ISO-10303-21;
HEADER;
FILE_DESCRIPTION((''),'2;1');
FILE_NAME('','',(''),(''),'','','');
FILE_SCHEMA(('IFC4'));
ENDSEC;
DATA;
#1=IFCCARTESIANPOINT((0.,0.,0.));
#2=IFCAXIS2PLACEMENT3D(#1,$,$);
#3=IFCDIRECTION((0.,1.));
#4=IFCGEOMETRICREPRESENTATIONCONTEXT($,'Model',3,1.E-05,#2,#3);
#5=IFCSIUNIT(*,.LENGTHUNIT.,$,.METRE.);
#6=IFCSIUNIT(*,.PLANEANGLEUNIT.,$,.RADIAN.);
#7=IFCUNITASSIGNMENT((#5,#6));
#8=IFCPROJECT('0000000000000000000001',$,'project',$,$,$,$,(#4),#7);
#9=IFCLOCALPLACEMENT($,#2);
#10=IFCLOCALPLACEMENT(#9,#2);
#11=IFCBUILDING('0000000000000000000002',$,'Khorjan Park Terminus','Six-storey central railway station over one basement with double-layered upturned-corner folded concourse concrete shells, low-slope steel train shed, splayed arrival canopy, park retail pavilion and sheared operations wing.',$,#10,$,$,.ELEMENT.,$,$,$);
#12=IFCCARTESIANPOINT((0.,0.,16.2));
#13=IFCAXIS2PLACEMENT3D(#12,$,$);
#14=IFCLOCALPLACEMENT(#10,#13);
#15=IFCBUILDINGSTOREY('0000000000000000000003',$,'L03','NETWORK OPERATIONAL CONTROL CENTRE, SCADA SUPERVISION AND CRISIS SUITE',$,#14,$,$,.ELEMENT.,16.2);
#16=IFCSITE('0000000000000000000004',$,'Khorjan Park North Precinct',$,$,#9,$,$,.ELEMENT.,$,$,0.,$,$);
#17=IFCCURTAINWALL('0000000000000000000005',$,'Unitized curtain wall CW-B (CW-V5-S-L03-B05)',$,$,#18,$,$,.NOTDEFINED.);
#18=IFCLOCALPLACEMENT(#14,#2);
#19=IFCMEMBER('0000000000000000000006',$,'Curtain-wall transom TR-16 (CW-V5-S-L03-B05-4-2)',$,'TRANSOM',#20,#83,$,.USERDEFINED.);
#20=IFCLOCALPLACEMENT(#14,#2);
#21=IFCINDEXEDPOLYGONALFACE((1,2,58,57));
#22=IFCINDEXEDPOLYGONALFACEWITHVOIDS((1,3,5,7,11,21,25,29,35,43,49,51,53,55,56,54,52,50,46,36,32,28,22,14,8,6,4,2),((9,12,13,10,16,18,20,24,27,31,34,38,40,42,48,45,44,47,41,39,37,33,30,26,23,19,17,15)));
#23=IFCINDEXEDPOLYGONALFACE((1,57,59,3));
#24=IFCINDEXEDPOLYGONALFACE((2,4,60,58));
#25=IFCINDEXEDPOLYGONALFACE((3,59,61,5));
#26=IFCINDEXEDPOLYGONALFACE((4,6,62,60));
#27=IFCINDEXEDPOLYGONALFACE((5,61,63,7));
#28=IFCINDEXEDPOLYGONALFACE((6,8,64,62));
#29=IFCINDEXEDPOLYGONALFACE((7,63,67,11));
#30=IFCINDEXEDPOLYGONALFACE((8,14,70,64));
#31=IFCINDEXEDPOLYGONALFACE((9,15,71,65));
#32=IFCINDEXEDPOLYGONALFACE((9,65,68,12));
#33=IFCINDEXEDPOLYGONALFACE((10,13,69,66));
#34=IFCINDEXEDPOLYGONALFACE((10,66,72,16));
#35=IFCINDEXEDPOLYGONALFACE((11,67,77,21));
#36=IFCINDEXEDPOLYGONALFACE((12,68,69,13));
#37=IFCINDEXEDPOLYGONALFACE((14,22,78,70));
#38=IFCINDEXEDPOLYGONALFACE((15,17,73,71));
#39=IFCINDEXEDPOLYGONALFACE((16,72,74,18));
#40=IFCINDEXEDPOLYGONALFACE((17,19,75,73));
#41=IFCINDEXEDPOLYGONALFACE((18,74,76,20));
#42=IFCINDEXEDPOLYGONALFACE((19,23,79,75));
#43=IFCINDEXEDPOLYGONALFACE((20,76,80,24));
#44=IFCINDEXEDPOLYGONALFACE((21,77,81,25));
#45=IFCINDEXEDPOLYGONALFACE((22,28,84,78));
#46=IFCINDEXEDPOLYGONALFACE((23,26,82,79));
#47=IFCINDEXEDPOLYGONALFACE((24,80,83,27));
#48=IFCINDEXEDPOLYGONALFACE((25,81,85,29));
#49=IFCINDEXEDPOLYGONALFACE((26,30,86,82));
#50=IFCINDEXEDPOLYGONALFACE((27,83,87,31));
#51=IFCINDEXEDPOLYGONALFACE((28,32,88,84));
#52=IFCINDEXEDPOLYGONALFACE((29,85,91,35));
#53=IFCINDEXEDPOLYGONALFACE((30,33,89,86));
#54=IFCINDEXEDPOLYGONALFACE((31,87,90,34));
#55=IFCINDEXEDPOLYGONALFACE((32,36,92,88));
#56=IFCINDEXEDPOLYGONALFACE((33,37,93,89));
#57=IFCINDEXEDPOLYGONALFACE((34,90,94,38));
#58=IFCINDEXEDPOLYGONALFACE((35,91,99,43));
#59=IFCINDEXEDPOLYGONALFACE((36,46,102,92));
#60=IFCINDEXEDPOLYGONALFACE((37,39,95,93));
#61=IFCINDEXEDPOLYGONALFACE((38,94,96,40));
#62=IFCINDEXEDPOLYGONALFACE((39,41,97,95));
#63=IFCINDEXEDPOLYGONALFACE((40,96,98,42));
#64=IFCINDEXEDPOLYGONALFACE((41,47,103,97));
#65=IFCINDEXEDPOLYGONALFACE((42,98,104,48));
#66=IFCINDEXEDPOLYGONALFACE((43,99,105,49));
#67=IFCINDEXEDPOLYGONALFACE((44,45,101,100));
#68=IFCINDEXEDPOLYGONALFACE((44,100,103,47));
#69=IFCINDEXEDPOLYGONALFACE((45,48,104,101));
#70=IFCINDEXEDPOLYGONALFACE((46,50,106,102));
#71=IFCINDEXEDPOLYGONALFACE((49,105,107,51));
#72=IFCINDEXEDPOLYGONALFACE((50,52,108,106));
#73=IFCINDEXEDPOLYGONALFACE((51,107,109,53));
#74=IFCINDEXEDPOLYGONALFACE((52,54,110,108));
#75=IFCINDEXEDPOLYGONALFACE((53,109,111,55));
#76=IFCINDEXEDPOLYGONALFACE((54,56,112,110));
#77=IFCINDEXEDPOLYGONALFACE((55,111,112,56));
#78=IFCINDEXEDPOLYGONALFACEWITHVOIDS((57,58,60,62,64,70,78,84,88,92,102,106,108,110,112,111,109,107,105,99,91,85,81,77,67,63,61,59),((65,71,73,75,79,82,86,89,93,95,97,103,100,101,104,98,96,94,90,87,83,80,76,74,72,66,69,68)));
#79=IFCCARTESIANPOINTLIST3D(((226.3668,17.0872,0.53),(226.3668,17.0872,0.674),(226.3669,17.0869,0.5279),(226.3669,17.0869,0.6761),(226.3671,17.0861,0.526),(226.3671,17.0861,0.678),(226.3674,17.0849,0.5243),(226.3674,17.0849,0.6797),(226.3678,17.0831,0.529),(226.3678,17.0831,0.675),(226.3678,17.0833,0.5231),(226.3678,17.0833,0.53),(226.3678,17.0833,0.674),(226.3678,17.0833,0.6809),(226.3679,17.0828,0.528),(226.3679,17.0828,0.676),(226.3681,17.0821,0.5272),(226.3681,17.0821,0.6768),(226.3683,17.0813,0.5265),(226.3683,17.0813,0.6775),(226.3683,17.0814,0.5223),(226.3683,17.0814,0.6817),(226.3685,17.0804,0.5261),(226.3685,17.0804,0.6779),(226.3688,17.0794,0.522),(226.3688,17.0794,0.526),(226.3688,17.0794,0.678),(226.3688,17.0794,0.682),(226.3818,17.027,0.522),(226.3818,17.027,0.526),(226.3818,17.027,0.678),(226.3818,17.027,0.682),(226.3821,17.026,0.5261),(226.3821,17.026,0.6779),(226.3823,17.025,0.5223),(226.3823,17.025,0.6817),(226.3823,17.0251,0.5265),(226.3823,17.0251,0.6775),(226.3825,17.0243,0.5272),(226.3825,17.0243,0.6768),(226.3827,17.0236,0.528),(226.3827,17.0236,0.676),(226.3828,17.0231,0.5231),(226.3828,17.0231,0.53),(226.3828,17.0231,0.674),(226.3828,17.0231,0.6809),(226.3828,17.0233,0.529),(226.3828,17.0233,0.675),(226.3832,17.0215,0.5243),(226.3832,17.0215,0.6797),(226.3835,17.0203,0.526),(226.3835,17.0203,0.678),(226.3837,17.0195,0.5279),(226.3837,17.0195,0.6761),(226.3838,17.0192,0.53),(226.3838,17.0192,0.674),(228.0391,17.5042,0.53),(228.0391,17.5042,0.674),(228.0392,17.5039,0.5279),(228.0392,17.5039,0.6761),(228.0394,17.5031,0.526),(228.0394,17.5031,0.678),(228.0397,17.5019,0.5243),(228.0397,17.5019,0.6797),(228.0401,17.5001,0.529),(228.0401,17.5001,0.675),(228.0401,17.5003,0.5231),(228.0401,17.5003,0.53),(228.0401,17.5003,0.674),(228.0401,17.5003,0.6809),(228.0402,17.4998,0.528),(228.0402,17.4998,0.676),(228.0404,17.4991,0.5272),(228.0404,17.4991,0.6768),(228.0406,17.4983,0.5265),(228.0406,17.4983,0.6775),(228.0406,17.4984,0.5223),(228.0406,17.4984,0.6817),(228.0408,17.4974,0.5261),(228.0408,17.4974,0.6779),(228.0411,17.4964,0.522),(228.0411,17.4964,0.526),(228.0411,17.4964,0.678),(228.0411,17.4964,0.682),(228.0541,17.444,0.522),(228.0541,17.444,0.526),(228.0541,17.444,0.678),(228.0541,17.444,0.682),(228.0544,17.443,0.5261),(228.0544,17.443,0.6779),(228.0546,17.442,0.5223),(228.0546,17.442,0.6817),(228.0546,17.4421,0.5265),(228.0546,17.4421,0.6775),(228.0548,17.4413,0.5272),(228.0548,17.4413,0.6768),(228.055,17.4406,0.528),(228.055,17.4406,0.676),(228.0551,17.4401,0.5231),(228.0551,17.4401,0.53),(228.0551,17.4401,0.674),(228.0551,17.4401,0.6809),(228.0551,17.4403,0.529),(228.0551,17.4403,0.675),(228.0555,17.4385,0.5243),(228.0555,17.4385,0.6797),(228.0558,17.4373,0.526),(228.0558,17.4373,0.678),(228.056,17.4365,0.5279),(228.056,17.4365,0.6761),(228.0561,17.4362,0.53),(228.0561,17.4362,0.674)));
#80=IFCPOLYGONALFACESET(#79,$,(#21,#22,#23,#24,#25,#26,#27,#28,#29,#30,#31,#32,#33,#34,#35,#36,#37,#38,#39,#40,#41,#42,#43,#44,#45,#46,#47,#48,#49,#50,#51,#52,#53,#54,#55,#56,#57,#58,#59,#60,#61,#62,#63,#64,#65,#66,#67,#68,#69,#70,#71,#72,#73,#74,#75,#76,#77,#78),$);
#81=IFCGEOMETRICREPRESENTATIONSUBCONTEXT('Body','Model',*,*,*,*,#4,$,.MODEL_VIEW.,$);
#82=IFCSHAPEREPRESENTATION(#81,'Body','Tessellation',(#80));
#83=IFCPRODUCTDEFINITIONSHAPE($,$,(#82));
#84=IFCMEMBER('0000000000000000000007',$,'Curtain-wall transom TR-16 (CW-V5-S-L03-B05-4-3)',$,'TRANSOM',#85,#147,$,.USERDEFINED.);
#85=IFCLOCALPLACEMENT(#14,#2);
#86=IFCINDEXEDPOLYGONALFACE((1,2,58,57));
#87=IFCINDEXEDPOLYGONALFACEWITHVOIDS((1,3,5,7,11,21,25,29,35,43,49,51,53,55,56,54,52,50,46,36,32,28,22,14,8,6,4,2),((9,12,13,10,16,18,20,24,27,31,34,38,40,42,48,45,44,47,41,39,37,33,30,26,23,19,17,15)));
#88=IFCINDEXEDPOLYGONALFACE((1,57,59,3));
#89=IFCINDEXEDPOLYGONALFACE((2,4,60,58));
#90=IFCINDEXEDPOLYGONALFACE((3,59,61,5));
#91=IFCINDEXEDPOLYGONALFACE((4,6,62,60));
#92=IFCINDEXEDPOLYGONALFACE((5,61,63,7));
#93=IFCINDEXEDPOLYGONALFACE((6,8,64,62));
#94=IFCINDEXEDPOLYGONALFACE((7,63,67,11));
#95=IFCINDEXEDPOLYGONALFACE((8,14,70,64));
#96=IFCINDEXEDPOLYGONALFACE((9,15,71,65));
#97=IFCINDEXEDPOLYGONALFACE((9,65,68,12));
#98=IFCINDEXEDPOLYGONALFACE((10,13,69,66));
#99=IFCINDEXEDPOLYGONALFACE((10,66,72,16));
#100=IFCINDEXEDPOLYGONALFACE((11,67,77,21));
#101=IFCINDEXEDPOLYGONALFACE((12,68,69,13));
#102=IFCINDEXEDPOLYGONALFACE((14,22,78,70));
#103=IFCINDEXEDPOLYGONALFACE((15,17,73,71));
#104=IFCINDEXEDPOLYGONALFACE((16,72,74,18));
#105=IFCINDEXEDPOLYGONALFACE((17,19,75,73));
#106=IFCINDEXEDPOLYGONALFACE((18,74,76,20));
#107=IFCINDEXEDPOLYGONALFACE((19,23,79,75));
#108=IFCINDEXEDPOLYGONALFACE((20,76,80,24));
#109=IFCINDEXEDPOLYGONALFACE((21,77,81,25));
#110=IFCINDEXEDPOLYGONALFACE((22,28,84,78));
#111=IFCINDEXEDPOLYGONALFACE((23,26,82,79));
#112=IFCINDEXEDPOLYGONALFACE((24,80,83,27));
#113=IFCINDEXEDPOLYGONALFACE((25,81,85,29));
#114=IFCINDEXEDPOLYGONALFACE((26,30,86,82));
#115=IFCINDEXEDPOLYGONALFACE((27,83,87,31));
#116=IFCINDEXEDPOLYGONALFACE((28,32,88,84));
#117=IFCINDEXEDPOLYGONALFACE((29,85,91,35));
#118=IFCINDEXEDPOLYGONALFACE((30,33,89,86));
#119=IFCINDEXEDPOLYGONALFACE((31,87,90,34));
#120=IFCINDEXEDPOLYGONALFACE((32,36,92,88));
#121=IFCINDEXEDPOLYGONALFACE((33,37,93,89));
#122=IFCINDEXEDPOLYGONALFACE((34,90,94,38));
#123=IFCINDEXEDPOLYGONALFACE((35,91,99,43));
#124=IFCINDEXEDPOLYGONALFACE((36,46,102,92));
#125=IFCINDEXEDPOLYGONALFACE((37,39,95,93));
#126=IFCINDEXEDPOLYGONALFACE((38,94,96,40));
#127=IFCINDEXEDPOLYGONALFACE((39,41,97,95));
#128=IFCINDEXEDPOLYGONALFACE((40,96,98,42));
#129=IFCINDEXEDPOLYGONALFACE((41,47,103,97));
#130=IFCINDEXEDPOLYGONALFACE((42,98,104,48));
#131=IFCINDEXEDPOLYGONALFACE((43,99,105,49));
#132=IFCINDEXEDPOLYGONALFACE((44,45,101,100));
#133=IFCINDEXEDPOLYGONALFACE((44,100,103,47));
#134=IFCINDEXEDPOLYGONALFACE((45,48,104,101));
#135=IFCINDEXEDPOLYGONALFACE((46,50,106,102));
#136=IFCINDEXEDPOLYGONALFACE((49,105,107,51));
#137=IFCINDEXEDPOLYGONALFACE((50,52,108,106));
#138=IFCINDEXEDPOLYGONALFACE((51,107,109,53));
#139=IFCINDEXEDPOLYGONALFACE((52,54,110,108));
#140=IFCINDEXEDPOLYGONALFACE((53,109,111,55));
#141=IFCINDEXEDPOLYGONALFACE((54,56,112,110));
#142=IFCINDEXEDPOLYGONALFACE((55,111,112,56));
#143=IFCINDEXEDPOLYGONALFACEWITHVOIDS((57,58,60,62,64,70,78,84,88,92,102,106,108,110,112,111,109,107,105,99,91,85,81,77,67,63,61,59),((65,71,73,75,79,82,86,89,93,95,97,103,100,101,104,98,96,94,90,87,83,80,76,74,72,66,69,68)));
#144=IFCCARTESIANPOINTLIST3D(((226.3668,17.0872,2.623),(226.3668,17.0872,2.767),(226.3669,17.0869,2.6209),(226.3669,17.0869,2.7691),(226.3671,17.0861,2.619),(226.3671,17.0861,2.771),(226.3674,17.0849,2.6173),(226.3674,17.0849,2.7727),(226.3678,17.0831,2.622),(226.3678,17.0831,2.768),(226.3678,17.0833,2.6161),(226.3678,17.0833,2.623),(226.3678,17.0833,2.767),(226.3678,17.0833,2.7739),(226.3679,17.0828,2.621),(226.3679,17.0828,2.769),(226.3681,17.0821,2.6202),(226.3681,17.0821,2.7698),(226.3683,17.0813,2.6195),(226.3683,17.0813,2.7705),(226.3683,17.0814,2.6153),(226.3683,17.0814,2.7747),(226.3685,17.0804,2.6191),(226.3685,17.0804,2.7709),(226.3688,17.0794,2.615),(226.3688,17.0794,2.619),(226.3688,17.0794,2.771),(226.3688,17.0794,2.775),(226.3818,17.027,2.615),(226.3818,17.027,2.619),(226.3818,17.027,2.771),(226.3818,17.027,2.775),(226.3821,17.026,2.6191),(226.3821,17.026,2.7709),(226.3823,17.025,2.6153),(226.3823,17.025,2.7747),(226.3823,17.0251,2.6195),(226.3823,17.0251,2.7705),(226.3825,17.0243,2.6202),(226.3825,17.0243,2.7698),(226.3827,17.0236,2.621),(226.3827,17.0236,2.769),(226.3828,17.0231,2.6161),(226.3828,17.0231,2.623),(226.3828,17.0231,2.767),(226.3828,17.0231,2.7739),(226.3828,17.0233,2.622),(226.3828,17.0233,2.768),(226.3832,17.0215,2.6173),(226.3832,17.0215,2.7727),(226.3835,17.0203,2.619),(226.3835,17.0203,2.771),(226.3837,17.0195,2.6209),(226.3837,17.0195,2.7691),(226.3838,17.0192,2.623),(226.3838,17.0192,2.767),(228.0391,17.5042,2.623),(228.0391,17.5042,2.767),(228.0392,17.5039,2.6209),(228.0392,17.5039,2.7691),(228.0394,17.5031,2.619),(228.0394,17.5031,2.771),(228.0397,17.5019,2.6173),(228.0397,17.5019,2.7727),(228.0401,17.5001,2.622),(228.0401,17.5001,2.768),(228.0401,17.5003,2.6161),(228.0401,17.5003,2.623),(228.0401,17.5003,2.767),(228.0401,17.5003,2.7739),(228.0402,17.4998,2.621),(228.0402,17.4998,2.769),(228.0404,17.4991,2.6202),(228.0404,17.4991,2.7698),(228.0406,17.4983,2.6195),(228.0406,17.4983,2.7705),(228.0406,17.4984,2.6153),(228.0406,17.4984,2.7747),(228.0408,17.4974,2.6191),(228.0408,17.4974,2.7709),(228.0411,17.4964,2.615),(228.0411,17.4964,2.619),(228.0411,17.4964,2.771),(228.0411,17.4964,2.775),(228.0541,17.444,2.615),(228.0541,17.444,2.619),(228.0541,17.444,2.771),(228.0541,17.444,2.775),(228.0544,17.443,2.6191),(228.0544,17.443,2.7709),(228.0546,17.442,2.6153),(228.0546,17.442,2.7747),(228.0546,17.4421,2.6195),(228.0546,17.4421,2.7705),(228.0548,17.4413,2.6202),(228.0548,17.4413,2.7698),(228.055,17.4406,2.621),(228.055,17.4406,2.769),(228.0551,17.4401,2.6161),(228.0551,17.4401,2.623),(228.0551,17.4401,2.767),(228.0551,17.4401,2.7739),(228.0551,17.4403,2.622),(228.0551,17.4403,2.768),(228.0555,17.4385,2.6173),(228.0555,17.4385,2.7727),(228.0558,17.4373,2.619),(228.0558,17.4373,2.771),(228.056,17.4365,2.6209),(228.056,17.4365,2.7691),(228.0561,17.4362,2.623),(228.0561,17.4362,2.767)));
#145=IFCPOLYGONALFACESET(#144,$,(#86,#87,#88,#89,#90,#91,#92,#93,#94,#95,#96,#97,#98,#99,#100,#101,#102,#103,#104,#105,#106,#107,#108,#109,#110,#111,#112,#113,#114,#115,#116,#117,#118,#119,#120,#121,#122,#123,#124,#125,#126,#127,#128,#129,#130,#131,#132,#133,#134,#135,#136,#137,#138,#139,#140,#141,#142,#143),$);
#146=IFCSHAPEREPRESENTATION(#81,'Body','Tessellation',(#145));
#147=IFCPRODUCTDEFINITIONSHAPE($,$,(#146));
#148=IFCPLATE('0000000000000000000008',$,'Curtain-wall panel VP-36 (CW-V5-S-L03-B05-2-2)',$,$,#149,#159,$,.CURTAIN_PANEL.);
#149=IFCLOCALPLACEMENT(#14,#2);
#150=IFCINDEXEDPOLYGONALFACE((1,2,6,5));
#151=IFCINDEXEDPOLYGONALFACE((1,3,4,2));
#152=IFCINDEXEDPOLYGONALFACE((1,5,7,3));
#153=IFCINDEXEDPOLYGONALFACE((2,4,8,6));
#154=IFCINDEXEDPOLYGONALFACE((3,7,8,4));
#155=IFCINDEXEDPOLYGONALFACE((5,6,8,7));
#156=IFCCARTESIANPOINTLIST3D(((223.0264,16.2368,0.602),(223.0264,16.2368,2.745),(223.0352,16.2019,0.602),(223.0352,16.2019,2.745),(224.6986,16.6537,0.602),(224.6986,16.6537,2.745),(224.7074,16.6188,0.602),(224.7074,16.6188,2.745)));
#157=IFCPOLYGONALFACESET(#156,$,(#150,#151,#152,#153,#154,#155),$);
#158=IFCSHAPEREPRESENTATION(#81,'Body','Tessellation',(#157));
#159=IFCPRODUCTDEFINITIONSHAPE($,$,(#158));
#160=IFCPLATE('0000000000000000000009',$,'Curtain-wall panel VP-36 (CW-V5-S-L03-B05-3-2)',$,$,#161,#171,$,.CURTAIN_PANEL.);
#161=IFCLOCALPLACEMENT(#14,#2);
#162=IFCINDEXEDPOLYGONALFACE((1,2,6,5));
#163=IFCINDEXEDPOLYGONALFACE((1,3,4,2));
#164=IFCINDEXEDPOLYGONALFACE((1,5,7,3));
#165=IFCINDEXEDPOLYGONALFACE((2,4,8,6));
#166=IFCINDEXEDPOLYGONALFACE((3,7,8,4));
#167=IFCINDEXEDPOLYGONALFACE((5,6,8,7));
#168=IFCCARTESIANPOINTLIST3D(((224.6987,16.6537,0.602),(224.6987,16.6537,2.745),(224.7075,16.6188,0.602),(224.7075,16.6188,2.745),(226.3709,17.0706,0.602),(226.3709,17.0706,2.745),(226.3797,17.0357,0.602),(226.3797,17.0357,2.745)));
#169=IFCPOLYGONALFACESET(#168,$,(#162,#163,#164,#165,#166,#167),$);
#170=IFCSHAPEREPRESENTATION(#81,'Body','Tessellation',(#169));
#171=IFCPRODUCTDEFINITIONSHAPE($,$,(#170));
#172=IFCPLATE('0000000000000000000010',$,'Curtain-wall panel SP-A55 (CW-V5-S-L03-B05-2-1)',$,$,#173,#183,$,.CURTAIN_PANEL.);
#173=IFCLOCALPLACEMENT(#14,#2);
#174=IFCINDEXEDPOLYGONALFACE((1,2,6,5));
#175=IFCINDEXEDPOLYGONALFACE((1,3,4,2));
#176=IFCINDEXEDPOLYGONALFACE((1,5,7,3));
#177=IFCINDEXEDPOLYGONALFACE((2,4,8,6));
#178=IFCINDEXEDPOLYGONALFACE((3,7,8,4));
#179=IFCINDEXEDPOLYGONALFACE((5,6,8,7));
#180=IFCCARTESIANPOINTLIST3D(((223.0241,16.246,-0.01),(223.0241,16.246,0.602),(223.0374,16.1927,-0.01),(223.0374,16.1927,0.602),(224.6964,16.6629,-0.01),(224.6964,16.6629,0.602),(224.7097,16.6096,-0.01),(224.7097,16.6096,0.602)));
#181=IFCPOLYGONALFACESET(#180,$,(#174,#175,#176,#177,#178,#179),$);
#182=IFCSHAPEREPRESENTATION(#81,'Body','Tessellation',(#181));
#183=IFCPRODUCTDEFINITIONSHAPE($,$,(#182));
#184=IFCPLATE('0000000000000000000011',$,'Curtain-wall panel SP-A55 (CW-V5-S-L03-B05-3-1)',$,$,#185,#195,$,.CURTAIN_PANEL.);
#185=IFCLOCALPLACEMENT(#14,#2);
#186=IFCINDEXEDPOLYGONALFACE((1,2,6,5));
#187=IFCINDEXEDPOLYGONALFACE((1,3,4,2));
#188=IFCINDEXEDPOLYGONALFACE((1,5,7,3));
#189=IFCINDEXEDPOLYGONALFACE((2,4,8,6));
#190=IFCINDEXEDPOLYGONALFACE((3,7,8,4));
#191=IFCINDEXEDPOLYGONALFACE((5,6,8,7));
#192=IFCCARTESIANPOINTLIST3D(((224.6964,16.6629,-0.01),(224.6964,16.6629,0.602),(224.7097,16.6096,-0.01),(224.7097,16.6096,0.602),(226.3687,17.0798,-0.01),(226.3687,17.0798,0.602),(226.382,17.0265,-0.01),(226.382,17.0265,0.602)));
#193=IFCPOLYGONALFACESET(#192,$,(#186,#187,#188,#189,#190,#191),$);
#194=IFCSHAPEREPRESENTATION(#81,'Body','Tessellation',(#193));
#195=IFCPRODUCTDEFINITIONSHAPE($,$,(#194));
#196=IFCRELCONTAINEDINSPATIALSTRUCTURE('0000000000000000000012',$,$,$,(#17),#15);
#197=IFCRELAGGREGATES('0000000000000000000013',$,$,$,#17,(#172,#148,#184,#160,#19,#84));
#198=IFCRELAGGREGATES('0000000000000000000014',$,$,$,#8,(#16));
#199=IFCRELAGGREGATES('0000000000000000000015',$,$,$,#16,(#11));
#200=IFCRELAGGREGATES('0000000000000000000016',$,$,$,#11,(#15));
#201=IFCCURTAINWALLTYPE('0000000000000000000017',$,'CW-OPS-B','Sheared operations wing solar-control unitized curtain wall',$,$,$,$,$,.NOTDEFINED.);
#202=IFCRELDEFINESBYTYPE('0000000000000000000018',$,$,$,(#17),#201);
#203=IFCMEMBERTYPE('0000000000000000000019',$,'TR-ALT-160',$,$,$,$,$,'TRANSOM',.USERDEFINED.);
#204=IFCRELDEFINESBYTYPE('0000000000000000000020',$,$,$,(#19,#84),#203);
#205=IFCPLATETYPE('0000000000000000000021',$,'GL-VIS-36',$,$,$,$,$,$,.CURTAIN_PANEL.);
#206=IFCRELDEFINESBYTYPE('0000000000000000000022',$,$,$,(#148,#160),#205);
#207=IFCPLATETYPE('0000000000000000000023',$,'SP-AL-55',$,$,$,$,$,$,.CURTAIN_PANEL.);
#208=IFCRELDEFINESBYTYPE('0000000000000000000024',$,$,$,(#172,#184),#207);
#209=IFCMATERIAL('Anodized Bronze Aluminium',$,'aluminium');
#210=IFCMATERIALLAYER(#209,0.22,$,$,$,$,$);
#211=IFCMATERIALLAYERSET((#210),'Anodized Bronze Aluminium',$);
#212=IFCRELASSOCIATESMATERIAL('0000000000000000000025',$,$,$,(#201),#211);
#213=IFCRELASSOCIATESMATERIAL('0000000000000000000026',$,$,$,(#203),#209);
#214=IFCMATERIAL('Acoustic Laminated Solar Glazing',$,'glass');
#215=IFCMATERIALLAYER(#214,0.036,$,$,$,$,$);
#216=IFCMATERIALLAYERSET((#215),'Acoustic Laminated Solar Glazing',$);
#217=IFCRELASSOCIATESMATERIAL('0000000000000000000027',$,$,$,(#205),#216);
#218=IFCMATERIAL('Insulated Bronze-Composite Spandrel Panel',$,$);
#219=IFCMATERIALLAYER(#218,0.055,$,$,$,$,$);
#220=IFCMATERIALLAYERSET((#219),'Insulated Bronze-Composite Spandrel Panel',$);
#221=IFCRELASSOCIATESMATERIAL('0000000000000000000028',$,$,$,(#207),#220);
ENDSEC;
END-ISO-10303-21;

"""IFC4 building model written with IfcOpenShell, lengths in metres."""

from ifc_helpers import new_model, si_unit, direction, frame, origin, origin_2d, place, context, subcontext, project, spatial, rectangle, hollow_rectangle, extrude, material, layer, layer_set, material_profile, profile_set, type_object, element, aggregate, save


model = new_model("IFC4")

# Units and contexts
model_context = context("Model", 3, precision=1e-05, world=origin(), true_north=direction((0.0, 1.0)))
body_context = subcontext(model_context, "Body", "Model", "MODEL_VIEW")
ifc_project = project(units=[si_unit("LENGTHUNIT", "METRE"), si_unit("PLANEANGLEUNIT", "RADIAN")], contexts=[model_context])

# Site, building, storey
site_placement = place(None, origin())
site = spatial("IfcSite", under=ifc_project, at=site_placement, Name="Khorjan Park North Precinct", CompositionType="ELEMENT", RefElevation=0.0)
building_placement = place(site_placement, origin())
building = spatial("IfcBuilding", under=site, at=building_placement, Name="Khorjan Park Terminus", Description="Six-storey central railway station over one basement with double-layered upturned-corner folded concourse concrete shells, low-slope steel train shed, splayed arrival canopy, park retail pavilion and sheared operations wing.", CompositionType="ELEMENT")
storey_placement = place(building_placement, frame((0.0, 0.0, 16.2)))
storey = spatial("IfcBuildingStorey", under=building, at=storey_placement, Name="L03", Description="NETWORK OPERATIONAL CONTROL CENTRE, SCADA SUPERVISION AND CRISIS SUITE", CompositionType="ELEMENT", Elevation=16.2)

# Curtain wall, members, plates
ifc_material_1 = material(Name="Anodized Bronze Aluminium", Category="aluminium")
ifc_layer_1 = layer(ifc_material_1, 0.22)
ifc_layer_set_1 = layer_set([ifc_layer_1], Name="Anodized Bronze Aluminium")
curtain_wall_type = type_object("IfcCurtainWallType", Name="CW-OPS-B", Description="Sheared operations wing solar-control unitized curtain wall", PredefinedType="NOTDEFINED", material=ifc_layer_set_1)
curtain_wall_placement = place(storey_placement, origin())
curtain_wall = element("IfcCurtainWall", 1, at=curtain_wall_placement, inside=storey, type_object=curtain_wall_type, Name="Unitized curtain wall CW-B (CW-V5-S-L03-B05)", PredefinedType="NOTDEFINED")
ifc_material_profile_1 = material_profile(ifc_material_1, hollow_rectangle(XDim=0.07, YDim=0.16, WallThickness=0.004, InnerFilletRadius=0.004, OuterFilletRadius=0.008, at=origin_2d()), Name="ALT 70x160x4")
ifc_profile_set_1 = profile_set([ifc_material_profile_1], Name="Anodized Bronze Aluminium")
member_type_1 = type_object("IfcMemberType", Name="TR-ALT-160", ElementType="TRANSOM", PredefinedType="USERDEFINED", material=ifc_profile_set_1)
member_1_placement = place(storey_placement, frame((226.3753, 17.0532, 0.602), z_axis=(0.970289, 0.241949, 0.0), x_axis=(-0.241949, 0.970289, 0.0)))
member_1 = element("IfcMember", 2, at=member_1_placement, type_object=member_type_1, Name="Curtain-wall transom TR-16 (CW-V5-S-L03-B05-4-2)", ObjectType="TRANSOM", PredefinedType="USERDEFINED", context=body_context, shape_type="SweptSolid", body=[
    extrude(hollow_rectangle(XDim=0.07, YDim=0.16, WallThickness=0.004, InnerFilletRadius=0.004, OuterFilletRadius=0.008, at=origin_2d()), origin(), (0.0, 0.0, 1.0), 1.7235),
])
member_2_placement = place(storey_placement, frame((226.3753, 17.0532, 2.695), z_axis=(0.970289, 0.241949, 0.0), x_axis=(-0.241949, 0.970289, 0.0)))
member_2 = element("IfcMember", 3, at=member_2_placement, type_object=member_type_1, Name="Curtain-wall transom TR-16 (CW-V5-S-L03-B05-4-3)", ObjectType="TRANSOM", PredefinedType="USERDEFINED", context=body_context, shape_type="SweptSolid", body=[
    extrude(hollow_rectangle(XDim=0.07, YDim=0.16, WallThickness=0.004, InnerFilletRadius=0.004, OuterFilletRadius=0.008, at=origin_2d()), origin(), (0.0, 0.0, 1.0), 1.7235),
])
ifc_material_2 = material(Name="Acoustic Laminated Solar Glazing", Category="glass")
ifc_layer_2 = layer(ifc_material_2, 0.036)
ifc_layer_set_2 = layer_set([ifc_layer_2], Name="Acoustic Laminated Solar Glazing")
plate_type_1 = type_object("IfcPlateType", Name="GL-VIS-36", PredefinedType="CURTAIN_PANEL", material=ifc_layer_set_2)
plate_1_placement = place(storey_placement, frame((223.8669, 16.4278, 0.602), z_axis=(0.0, 0.0, 1.0), x_axis=(0.970296, 0.241919, 0.0)))
plate_1 = element("IfcPlate", 4, at=plate_1_placement, type_object=plate_type_1, Name="Curtain-wall panel VP-36 (CW-V5-S-L03-B05-2-2)", PredefinedType="CURTAIN_PANEL", context=body_context, shape_type="SweptSolid", body=[
    extrude(rectangle(XDim=1.7234, YDim=0.036, at=origin_2d()), origin(), (0.0, 0.0, 1.0), 2.143),
])
plate_2_placement = place(storey_placement, frame((225.5392, 16.8447, 0.602), z_axis=(0.0, 0.0, 1.0), x_axis=(0.970296, 0.241919, 0.0)))
plate_2 = element("IfcPlate", 5, at=plate_2_placement, type_object=plate_type_1, Name="Curtain-wall panel VP-36 (CW-V5-S-L03-B05-3-2)", PredefinedType="CURTAIN_PANEL", context=body_context, shape_type="SweptSolid", body=[
    extrude(rectangle(XDim=1.7234, YDim=0.036, at=origin_2d()), origin(), (0.0, 0.0, 1.0), 2.143),
])
ifc_material_3 = material(Name="Insulated Bronze-Composite Spandrel Panel")
ifc_layer_3 = layer(ifc_material_3, 0.055)
ifc_layer_set_3 = layer_set([ifc_layer_3], Name="Insulated Bronze-Composite Spandrel Panel")
plate_type_2 = type_object("IfcPlateType", Name="SP-AL-55", PredefinedType="CURTAIN_PANEL", material=ifc_layer_set_3)
plate_3_placement = place(storey_placement, frame((223.8669, 16.4278, -0.01), z_axis=(0.0, 0.0, 1.0), x_axis=(0.970296, 0.241919, 0.0)))
plate_3 = element("IfcPlate", 6, at=plate_3_placement, type_object=plate_type_2, Name="Curtain-wall panel SP-A55 (CW-V5-S-L03-B05-2-1)", PredefinedType="CURTAIN_PANEL", context=body_context, shape_type="SweptSolid", body=[
    extrude(rectangle(XDim=1.7234, YDim=0.055, at=origin_2d()), origin(), (0.0, 0.0, 1.0), 0.612),
])
plate_4_placement = place(storey_placement, frame((225.5392, 16.8447, -0.01), z_axis=(0.0, 0.0, 1.0), x_axis=(0.970296, 0.241919, 0.0)))
plate_4 = element("IfcPlate", 7, at=plate_4_placement, type_object=plate_type_2, Name="Curtain-wall panel SP-A55 (CW-V5-S-L03-B05-3-1)", PredefinedType="CURTAIN_PANEL", context=body_context, shape_type="SweptSolid", body=[
    extrude(rectangle(XDim=1.7234, YDim=0.055, at=origin_2d()), origin(), (0.0, 0.0, 1.0), 0.612),
])
aggregate(curtain_wall, [plate_3, plate_1, plate_4, plate_2, member_1, member_2])

save(model, "model.ifc")
